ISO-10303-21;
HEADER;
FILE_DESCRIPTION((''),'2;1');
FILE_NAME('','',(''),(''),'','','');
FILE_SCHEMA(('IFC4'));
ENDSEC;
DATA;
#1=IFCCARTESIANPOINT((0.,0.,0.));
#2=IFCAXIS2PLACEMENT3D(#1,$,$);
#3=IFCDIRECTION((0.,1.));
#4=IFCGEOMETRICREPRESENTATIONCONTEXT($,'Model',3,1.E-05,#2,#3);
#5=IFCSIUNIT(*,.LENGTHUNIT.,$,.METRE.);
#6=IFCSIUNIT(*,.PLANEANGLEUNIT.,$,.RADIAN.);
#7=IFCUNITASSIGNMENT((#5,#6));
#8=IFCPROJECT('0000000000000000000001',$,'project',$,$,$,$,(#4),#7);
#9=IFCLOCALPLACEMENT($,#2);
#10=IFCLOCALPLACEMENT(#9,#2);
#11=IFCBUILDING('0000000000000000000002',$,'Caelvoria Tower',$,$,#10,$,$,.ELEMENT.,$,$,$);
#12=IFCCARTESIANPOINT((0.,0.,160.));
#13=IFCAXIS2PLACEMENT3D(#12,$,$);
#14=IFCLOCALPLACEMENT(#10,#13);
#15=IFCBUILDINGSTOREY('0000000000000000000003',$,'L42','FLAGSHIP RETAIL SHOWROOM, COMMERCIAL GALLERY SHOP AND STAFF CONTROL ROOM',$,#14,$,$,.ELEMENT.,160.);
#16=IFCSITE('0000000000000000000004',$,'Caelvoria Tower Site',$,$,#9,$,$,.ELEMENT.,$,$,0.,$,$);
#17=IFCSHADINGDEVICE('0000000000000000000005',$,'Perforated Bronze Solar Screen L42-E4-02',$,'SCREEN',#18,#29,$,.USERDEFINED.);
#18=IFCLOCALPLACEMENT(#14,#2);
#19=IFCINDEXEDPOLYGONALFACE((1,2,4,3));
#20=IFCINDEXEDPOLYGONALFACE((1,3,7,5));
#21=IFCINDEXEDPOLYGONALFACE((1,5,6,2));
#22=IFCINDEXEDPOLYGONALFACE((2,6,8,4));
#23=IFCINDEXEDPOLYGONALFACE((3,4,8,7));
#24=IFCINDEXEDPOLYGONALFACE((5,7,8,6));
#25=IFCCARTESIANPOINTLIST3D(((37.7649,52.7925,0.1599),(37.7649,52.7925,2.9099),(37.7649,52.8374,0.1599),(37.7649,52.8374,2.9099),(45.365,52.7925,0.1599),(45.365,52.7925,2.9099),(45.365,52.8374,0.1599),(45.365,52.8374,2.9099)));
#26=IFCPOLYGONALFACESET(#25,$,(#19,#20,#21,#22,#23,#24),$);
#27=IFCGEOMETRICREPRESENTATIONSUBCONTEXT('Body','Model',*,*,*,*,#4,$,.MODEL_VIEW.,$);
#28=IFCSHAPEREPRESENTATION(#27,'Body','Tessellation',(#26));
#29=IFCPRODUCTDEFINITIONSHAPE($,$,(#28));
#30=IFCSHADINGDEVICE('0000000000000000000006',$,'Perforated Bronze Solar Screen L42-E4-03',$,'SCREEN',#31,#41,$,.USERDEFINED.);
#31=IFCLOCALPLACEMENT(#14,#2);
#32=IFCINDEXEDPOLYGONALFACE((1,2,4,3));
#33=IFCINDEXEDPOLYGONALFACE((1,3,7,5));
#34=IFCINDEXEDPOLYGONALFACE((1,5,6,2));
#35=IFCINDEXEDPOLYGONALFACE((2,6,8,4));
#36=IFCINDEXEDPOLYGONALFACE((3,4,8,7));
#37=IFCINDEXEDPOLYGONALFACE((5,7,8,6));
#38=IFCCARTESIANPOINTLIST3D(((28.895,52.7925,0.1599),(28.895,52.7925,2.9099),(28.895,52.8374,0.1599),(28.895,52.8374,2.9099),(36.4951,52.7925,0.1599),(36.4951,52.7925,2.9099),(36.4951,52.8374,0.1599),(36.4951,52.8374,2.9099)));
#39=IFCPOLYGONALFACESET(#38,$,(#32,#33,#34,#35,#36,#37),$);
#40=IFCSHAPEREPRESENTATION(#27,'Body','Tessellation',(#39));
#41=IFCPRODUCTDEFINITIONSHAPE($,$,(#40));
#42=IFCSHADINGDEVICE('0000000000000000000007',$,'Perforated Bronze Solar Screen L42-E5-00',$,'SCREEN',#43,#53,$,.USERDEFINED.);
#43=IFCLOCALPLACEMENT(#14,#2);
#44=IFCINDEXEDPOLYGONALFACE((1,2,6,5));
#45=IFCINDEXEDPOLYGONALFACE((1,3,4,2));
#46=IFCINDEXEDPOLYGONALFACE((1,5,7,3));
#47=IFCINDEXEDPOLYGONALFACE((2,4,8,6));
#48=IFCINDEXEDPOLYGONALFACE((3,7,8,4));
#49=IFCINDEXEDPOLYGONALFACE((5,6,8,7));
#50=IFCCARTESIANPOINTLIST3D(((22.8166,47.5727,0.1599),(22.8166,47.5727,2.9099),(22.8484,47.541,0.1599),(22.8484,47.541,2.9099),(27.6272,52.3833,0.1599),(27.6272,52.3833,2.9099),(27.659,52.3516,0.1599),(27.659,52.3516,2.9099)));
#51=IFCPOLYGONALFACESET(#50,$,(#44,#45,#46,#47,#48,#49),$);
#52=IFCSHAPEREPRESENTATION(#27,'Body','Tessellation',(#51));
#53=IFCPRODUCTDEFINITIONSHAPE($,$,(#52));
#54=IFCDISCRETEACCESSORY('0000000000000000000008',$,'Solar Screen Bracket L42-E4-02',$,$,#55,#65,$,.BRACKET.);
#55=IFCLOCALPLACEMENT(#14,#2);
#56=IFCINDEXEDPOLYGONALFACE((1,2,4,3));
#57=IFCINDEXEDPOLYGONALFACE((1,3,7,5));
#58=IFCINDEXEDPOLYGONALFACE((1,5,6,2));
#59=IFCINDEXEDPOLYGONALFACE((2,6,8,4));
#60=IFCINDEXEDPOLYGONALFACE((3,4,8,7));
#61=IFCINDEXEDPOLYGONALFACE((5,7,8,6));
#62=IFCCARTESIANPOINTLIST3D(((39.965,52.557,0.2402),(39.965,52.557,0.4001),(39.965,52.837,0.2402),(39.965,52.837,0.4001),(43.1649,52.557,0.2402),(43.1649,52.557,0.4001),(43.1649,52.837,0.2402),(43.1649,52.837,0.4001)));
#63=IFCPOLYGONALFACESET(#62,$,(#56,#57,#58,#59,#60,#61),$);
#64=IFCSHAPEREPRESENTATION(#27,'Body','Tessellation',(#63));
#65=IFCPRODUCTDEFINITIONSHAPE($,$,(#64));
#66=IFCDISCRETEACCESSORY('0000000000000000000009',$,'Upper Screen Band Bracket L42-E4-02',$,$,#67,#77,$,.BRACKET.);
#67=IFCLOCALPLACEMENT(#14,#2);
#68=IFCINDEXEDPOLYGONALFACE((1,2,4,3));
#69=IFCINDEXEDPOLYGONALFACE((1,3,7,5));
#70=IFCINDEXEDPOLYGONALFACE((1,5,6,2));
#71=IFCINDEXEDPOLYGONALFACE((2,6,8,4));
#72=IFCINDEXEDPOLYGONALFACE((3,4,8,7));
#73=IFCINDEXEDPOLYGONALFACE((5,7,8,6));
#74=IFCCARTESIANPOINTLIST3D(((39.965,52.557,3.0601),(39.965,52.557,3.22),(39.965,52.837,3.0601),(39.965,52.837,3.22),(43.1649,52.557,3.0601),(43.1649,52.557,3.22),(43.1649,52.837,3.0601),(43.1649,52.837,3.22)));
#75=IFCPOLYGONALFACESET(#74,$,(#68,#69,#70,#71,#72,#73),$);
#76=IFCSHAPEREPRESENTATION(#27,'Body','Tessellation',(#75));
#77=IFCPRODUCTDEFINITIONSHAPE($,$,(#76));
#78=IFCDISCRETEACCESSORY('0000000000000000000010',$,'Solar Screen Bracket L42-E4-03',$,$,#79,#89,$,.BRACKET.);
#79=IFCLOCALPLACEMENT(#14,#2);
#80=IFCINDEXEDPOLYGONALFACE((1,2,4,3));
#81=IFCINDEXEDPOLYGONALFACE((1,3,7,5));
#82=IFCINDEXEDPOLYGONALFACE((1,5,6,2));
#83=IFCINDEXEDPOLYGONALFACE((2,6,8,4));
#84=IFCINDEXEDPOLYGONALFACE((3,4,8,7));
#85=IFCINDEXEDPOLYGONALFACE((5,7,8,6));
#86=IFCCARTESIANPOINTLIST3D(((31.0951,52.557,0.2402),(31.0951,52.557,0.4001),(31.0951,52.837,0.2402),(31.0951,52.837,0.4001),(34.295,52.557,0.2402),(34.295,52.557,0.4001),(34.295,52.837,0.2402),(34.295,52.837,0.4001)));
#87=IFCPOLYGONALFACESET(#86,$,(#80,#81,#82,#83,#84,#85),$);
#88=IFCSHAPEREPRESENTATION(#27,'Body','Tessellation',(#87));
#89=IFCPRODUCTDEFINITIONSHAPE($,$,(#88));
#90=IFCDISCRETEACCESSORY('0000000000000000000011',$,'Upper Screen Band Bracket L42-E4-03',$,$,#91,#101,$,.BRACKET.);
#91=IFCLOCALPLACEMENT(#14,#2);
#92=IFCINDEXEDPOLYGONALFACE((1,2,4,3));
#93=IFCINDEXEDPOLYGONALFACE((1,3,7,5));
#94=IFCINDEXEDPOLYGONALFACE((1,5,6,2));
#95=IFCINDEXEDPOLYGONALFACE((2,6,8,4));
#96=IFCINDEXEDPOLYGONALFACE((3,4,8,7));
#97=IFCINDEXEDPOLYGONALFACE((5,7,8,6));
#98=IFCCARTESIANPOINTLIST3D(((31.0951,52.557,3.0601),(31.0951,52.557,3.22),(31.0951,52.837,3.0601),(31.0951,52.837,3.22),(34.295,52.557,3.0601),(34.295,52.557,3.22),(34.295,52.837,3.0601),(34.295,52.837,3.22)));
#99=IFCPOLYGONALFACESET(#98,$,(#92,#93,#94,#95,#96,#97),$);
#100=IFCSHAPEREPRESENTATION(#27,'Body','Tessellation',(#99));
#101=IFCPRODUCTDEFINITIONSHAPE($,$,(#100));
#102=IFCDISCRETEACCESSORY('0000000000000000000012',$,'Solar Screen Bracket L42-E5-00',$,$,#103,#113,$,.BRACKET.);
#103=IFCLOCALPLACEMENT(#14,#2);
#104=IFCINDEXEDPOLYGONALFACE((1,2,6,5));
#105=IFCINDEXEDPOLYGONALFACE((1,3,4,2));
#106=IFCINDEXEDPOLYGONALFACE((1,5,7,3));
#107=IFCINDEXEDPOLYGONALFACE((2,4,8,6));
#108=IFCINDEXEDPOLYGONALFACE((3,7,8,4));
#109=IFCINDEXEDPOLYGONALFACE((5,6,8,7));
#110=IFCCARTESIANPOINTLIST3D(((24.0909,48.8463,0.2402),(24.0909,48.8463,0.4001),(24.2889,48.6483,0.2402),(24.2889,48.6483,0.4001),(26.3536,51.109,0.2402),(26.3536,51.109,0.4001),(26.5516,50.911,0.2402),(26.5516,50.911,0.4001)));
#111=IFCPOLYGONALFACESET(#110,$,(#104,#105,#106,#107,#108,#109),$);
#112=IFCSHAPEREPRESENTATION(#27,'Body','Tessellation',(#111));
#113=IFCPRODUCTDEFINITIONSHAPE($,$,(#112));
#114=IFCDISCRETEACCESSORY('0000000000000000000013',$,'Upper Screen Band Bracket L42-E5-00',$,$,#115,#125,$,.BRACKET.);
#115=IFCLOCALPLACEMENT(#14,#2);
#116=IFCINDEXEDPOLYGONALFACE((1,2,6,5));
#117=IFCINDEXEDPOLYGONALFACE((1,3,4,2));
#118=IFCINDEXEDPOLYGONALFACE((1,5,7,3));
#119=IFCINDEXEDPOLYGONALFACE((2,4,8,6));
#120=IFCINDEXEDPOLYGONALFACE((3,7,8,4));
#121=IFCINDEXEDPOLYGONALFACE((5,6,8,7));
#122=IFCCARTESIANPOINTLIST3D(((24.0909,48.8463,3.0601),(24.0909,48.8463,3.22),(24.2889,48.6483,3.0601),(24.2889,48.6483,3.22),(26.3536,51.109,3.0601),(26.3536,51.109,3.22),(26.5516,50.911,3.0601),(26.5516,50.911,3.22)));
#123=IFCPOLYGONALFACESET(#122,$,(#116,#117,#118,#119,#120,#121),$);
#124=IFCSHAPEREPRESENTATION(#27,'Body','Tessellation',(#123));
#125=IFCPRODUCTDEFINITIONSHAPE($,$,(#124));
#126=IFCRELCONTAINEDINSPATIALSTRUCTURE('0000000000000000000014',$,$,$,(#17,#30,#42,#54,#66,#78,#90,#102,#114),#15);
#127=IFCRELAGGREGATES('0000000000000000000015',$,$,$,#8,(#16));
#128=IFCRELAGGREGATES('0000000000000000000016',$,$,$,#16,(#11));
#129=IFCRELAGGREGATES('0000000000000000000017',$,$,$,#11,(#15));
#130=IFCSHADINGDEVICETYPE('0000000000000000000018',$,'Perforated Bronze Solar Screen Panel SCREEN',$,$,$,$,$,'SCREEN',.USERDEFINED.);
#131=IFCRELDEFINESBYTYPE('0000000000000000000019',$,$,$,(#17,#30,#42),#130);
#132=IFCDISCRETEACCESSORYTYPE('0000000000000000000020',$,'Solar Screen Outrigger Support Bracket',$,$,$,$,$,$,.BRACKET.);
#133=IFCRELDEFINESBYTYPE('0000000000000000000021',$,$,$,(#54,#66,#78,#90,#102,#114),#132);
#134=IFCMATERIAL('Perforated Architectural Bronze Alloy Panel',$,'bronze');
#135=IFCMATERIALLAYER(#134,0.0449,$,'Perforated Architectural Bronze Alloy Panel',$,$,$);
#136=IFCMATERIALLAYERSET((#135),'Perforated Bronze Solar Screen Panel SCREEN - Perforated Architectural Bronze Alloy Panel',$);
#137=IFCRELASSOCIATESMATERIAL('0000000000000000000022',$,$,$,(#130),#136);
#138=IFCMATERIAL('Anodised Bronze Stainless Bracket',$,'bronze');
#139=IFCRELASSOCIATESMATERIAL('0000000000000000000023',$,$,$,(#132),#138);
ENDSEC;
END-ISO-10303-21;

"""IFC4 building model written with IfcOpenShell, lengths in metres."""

from ifc_helpers import new_model, si_unit, direction, frame, origin, origin_2d, place, context, subcontext, project, spatial, rectangle, extrude, material, layer, layer_set, type_object, element, save


model = new_model("IFC4")

# Units and contexts
model_context = context("Model", 3, precision=1e-05, world=origin(), true_north=direction((0.0, 1.0)))
body_context = subcontext(model_context, "Body", "Model", "MODEL_VIEW")
ifc_project = project(units=[si_unit("LENGTHUNIT", "METRE"), si_unit("PLANEANGLEUNIT", "RADIAN")], contexts=[model_context])

# Site, building, storey
site_placement = place(None, origin())
site = spatial("IfcSite", under=ifc_project, at=site_placement, Name="Caelvoria Tower Site", CompositionType="ELEMENT", RefElevation=0.0)
building_placement = place(site_placement, origin())
building = spatial("IfcBuilding", under=site, at=building_placement, Name="Caelvoria Tower", CompositionType="ELEMENT")
storey_placement = place(building_placement, frame((0.0, 0.0, 160.0)))
storey = spatial("IfcBuildingStorey", under=building, at=storey_placement, Name="L42", Description="FLAGSHIP RETAIL SHOWROOM, COMMERCIAL GALLERY SHOP AND STAFF CONTROL ROOM", CompositionType="ELEMENT", Elevation=160.0)

# Shading devices
ifc_material_1 = material(Name="Perforated Architectural Bronze Alloy Panel", Category="bronze")
ifc_layer_1 = layer(ifc_material_1, 0.0449, Name="Perforated Architectural Bronze Alloy Panel")
ifc_layer_set_1 = layer_set([ifc_layer_1], Name="Perforated Bronze Solar Screen Panel SCREEN - Perforated Architectural Bronze Alloy Panel")
shading_device_type = type_object("IfcShadingDeviceType", Name="Perforated Bronze Solar Screen Panel SCREEN", ElementType="SCREEN", PredefinedType="USERDEFINED", material=ifc_layer_set_1)
for number, where, z_axis, x_axis, name in (
    (1, (41.5649, 52.8149, 0.1599), (0.0, 0.0, 1.0), (-1.0, 0.0, 0.0), "Perforated Bronze Solar Screen L42-E4-02"),
    (2, (32.6951, 52.8149, 0.1599), (0.0, 0.0, 1.0), (-1.0, 0.0, 0.0), "Perforated Bronze Solar Screen L42-E4-03"),
):
    element("IfcShadingDevice", number, at=place(storey_placement, frame(where, z_axis=z_axis, x_axis=x_axis)), inside=storey, type_object=shading_device_type, Name=name, ObjectType="SCREEN", PredefinedType="USERDEFINED", context=body_context, shape_type="SweptSolid", body=[
        extrude(rectangle(XDim=7.6001, YDim=0.0449, at=origin_2d()), origin(), (0.0, 0.0, 1.0), 2.75),
    ])
shading_device_placement = place(storey_placement, frame((25.2378, 49.9622, 0.1599), z_axis=(0.0, 0.0, 1.0), x_axis=(-0.707107, -0.707107, 0.0)))
element("IfcShadingDevice", 3, at=shading_device_placement, inside=storey, type_object=shading_device_type, Name="Perforated Bronze Solar Screen L42-E5-00", ObjectType="SCREEN", PredefinedType="USERDEFINED", context=body_context, shape_type="SweptSolid", body=[
    extrude(rectangle(XDim=6.8032, YDim=0.0449, at=origin_2d()), origin(), (0.0, 0.0, 1.0), 2.75),
])

# Discrete accessories
ifc_material_2 = material(Name="Anodised Bronze Stainless Bracket", Category="bronze")
discrete_accessory_type = type_object("IfcDiscreteAccessoryType", Name="Solar Screen Outrigger Support Bracket", PredefinedType="BRACKET", material=ifc_material_2)
for number, where, z_axis, x_axis, name in (
    (4, (41.5649, 52.697, 0.2402), (0.0, 0.0, 1.0), (-1.0, 0.0, 0.0), "Solar Screen Bracket L42-E4-02"),
    (5, (41.5649, 52.697, 3.0601), (0.0, 0.0, 1.0), (-1.0, 0.0, 0.0), "Upper Screen Band Bracket L42-E4-02"),
    (6, (32.6951, 52.697, 0.2402), (0.0, 0.0, 1.0), (-1.0, 0.0, 0.0), "Solar Screen Bracket L42-E4-03"),
    (7, (32.6951, 52.697, 3.0601), (0.0, 0.0, 1.0), (-1.0, 0.0, 0.0), "Upper Screen Band Bracket L42-E4-03"),
    (8, (25.3213, 49.8787, 0.2402), (0.0, 0.0, 1.0), (-0.707107, -0.707107, 0.0), "Solar Screen Bracket L42-E5-00"),
    (9, (25.3213, 49.8787, 3.0601), (0.0, 0.0, 1.0), (-0.707107, -0.707107, 0.0), "Upper Screen Band Bracket L42-E5-00"),
):
    element("IfcDiscreteAccessory", number, at=place(storey_placement, frame(where, z_axis=z_axis, x_axis=x_axis)), inside=storey, type_object=discrete_accessory_type, Name=name, PredefinedType="BRACKET", context=body_context, shape_type="SweptSolid", body=[
        extrude(rectangle(XDim=3.2, YDim=0.28, at=origin_2d()), origin(), (0.0, 0.0, 1.0), 0.1599),
    ])

save(model, "model.ifc")
